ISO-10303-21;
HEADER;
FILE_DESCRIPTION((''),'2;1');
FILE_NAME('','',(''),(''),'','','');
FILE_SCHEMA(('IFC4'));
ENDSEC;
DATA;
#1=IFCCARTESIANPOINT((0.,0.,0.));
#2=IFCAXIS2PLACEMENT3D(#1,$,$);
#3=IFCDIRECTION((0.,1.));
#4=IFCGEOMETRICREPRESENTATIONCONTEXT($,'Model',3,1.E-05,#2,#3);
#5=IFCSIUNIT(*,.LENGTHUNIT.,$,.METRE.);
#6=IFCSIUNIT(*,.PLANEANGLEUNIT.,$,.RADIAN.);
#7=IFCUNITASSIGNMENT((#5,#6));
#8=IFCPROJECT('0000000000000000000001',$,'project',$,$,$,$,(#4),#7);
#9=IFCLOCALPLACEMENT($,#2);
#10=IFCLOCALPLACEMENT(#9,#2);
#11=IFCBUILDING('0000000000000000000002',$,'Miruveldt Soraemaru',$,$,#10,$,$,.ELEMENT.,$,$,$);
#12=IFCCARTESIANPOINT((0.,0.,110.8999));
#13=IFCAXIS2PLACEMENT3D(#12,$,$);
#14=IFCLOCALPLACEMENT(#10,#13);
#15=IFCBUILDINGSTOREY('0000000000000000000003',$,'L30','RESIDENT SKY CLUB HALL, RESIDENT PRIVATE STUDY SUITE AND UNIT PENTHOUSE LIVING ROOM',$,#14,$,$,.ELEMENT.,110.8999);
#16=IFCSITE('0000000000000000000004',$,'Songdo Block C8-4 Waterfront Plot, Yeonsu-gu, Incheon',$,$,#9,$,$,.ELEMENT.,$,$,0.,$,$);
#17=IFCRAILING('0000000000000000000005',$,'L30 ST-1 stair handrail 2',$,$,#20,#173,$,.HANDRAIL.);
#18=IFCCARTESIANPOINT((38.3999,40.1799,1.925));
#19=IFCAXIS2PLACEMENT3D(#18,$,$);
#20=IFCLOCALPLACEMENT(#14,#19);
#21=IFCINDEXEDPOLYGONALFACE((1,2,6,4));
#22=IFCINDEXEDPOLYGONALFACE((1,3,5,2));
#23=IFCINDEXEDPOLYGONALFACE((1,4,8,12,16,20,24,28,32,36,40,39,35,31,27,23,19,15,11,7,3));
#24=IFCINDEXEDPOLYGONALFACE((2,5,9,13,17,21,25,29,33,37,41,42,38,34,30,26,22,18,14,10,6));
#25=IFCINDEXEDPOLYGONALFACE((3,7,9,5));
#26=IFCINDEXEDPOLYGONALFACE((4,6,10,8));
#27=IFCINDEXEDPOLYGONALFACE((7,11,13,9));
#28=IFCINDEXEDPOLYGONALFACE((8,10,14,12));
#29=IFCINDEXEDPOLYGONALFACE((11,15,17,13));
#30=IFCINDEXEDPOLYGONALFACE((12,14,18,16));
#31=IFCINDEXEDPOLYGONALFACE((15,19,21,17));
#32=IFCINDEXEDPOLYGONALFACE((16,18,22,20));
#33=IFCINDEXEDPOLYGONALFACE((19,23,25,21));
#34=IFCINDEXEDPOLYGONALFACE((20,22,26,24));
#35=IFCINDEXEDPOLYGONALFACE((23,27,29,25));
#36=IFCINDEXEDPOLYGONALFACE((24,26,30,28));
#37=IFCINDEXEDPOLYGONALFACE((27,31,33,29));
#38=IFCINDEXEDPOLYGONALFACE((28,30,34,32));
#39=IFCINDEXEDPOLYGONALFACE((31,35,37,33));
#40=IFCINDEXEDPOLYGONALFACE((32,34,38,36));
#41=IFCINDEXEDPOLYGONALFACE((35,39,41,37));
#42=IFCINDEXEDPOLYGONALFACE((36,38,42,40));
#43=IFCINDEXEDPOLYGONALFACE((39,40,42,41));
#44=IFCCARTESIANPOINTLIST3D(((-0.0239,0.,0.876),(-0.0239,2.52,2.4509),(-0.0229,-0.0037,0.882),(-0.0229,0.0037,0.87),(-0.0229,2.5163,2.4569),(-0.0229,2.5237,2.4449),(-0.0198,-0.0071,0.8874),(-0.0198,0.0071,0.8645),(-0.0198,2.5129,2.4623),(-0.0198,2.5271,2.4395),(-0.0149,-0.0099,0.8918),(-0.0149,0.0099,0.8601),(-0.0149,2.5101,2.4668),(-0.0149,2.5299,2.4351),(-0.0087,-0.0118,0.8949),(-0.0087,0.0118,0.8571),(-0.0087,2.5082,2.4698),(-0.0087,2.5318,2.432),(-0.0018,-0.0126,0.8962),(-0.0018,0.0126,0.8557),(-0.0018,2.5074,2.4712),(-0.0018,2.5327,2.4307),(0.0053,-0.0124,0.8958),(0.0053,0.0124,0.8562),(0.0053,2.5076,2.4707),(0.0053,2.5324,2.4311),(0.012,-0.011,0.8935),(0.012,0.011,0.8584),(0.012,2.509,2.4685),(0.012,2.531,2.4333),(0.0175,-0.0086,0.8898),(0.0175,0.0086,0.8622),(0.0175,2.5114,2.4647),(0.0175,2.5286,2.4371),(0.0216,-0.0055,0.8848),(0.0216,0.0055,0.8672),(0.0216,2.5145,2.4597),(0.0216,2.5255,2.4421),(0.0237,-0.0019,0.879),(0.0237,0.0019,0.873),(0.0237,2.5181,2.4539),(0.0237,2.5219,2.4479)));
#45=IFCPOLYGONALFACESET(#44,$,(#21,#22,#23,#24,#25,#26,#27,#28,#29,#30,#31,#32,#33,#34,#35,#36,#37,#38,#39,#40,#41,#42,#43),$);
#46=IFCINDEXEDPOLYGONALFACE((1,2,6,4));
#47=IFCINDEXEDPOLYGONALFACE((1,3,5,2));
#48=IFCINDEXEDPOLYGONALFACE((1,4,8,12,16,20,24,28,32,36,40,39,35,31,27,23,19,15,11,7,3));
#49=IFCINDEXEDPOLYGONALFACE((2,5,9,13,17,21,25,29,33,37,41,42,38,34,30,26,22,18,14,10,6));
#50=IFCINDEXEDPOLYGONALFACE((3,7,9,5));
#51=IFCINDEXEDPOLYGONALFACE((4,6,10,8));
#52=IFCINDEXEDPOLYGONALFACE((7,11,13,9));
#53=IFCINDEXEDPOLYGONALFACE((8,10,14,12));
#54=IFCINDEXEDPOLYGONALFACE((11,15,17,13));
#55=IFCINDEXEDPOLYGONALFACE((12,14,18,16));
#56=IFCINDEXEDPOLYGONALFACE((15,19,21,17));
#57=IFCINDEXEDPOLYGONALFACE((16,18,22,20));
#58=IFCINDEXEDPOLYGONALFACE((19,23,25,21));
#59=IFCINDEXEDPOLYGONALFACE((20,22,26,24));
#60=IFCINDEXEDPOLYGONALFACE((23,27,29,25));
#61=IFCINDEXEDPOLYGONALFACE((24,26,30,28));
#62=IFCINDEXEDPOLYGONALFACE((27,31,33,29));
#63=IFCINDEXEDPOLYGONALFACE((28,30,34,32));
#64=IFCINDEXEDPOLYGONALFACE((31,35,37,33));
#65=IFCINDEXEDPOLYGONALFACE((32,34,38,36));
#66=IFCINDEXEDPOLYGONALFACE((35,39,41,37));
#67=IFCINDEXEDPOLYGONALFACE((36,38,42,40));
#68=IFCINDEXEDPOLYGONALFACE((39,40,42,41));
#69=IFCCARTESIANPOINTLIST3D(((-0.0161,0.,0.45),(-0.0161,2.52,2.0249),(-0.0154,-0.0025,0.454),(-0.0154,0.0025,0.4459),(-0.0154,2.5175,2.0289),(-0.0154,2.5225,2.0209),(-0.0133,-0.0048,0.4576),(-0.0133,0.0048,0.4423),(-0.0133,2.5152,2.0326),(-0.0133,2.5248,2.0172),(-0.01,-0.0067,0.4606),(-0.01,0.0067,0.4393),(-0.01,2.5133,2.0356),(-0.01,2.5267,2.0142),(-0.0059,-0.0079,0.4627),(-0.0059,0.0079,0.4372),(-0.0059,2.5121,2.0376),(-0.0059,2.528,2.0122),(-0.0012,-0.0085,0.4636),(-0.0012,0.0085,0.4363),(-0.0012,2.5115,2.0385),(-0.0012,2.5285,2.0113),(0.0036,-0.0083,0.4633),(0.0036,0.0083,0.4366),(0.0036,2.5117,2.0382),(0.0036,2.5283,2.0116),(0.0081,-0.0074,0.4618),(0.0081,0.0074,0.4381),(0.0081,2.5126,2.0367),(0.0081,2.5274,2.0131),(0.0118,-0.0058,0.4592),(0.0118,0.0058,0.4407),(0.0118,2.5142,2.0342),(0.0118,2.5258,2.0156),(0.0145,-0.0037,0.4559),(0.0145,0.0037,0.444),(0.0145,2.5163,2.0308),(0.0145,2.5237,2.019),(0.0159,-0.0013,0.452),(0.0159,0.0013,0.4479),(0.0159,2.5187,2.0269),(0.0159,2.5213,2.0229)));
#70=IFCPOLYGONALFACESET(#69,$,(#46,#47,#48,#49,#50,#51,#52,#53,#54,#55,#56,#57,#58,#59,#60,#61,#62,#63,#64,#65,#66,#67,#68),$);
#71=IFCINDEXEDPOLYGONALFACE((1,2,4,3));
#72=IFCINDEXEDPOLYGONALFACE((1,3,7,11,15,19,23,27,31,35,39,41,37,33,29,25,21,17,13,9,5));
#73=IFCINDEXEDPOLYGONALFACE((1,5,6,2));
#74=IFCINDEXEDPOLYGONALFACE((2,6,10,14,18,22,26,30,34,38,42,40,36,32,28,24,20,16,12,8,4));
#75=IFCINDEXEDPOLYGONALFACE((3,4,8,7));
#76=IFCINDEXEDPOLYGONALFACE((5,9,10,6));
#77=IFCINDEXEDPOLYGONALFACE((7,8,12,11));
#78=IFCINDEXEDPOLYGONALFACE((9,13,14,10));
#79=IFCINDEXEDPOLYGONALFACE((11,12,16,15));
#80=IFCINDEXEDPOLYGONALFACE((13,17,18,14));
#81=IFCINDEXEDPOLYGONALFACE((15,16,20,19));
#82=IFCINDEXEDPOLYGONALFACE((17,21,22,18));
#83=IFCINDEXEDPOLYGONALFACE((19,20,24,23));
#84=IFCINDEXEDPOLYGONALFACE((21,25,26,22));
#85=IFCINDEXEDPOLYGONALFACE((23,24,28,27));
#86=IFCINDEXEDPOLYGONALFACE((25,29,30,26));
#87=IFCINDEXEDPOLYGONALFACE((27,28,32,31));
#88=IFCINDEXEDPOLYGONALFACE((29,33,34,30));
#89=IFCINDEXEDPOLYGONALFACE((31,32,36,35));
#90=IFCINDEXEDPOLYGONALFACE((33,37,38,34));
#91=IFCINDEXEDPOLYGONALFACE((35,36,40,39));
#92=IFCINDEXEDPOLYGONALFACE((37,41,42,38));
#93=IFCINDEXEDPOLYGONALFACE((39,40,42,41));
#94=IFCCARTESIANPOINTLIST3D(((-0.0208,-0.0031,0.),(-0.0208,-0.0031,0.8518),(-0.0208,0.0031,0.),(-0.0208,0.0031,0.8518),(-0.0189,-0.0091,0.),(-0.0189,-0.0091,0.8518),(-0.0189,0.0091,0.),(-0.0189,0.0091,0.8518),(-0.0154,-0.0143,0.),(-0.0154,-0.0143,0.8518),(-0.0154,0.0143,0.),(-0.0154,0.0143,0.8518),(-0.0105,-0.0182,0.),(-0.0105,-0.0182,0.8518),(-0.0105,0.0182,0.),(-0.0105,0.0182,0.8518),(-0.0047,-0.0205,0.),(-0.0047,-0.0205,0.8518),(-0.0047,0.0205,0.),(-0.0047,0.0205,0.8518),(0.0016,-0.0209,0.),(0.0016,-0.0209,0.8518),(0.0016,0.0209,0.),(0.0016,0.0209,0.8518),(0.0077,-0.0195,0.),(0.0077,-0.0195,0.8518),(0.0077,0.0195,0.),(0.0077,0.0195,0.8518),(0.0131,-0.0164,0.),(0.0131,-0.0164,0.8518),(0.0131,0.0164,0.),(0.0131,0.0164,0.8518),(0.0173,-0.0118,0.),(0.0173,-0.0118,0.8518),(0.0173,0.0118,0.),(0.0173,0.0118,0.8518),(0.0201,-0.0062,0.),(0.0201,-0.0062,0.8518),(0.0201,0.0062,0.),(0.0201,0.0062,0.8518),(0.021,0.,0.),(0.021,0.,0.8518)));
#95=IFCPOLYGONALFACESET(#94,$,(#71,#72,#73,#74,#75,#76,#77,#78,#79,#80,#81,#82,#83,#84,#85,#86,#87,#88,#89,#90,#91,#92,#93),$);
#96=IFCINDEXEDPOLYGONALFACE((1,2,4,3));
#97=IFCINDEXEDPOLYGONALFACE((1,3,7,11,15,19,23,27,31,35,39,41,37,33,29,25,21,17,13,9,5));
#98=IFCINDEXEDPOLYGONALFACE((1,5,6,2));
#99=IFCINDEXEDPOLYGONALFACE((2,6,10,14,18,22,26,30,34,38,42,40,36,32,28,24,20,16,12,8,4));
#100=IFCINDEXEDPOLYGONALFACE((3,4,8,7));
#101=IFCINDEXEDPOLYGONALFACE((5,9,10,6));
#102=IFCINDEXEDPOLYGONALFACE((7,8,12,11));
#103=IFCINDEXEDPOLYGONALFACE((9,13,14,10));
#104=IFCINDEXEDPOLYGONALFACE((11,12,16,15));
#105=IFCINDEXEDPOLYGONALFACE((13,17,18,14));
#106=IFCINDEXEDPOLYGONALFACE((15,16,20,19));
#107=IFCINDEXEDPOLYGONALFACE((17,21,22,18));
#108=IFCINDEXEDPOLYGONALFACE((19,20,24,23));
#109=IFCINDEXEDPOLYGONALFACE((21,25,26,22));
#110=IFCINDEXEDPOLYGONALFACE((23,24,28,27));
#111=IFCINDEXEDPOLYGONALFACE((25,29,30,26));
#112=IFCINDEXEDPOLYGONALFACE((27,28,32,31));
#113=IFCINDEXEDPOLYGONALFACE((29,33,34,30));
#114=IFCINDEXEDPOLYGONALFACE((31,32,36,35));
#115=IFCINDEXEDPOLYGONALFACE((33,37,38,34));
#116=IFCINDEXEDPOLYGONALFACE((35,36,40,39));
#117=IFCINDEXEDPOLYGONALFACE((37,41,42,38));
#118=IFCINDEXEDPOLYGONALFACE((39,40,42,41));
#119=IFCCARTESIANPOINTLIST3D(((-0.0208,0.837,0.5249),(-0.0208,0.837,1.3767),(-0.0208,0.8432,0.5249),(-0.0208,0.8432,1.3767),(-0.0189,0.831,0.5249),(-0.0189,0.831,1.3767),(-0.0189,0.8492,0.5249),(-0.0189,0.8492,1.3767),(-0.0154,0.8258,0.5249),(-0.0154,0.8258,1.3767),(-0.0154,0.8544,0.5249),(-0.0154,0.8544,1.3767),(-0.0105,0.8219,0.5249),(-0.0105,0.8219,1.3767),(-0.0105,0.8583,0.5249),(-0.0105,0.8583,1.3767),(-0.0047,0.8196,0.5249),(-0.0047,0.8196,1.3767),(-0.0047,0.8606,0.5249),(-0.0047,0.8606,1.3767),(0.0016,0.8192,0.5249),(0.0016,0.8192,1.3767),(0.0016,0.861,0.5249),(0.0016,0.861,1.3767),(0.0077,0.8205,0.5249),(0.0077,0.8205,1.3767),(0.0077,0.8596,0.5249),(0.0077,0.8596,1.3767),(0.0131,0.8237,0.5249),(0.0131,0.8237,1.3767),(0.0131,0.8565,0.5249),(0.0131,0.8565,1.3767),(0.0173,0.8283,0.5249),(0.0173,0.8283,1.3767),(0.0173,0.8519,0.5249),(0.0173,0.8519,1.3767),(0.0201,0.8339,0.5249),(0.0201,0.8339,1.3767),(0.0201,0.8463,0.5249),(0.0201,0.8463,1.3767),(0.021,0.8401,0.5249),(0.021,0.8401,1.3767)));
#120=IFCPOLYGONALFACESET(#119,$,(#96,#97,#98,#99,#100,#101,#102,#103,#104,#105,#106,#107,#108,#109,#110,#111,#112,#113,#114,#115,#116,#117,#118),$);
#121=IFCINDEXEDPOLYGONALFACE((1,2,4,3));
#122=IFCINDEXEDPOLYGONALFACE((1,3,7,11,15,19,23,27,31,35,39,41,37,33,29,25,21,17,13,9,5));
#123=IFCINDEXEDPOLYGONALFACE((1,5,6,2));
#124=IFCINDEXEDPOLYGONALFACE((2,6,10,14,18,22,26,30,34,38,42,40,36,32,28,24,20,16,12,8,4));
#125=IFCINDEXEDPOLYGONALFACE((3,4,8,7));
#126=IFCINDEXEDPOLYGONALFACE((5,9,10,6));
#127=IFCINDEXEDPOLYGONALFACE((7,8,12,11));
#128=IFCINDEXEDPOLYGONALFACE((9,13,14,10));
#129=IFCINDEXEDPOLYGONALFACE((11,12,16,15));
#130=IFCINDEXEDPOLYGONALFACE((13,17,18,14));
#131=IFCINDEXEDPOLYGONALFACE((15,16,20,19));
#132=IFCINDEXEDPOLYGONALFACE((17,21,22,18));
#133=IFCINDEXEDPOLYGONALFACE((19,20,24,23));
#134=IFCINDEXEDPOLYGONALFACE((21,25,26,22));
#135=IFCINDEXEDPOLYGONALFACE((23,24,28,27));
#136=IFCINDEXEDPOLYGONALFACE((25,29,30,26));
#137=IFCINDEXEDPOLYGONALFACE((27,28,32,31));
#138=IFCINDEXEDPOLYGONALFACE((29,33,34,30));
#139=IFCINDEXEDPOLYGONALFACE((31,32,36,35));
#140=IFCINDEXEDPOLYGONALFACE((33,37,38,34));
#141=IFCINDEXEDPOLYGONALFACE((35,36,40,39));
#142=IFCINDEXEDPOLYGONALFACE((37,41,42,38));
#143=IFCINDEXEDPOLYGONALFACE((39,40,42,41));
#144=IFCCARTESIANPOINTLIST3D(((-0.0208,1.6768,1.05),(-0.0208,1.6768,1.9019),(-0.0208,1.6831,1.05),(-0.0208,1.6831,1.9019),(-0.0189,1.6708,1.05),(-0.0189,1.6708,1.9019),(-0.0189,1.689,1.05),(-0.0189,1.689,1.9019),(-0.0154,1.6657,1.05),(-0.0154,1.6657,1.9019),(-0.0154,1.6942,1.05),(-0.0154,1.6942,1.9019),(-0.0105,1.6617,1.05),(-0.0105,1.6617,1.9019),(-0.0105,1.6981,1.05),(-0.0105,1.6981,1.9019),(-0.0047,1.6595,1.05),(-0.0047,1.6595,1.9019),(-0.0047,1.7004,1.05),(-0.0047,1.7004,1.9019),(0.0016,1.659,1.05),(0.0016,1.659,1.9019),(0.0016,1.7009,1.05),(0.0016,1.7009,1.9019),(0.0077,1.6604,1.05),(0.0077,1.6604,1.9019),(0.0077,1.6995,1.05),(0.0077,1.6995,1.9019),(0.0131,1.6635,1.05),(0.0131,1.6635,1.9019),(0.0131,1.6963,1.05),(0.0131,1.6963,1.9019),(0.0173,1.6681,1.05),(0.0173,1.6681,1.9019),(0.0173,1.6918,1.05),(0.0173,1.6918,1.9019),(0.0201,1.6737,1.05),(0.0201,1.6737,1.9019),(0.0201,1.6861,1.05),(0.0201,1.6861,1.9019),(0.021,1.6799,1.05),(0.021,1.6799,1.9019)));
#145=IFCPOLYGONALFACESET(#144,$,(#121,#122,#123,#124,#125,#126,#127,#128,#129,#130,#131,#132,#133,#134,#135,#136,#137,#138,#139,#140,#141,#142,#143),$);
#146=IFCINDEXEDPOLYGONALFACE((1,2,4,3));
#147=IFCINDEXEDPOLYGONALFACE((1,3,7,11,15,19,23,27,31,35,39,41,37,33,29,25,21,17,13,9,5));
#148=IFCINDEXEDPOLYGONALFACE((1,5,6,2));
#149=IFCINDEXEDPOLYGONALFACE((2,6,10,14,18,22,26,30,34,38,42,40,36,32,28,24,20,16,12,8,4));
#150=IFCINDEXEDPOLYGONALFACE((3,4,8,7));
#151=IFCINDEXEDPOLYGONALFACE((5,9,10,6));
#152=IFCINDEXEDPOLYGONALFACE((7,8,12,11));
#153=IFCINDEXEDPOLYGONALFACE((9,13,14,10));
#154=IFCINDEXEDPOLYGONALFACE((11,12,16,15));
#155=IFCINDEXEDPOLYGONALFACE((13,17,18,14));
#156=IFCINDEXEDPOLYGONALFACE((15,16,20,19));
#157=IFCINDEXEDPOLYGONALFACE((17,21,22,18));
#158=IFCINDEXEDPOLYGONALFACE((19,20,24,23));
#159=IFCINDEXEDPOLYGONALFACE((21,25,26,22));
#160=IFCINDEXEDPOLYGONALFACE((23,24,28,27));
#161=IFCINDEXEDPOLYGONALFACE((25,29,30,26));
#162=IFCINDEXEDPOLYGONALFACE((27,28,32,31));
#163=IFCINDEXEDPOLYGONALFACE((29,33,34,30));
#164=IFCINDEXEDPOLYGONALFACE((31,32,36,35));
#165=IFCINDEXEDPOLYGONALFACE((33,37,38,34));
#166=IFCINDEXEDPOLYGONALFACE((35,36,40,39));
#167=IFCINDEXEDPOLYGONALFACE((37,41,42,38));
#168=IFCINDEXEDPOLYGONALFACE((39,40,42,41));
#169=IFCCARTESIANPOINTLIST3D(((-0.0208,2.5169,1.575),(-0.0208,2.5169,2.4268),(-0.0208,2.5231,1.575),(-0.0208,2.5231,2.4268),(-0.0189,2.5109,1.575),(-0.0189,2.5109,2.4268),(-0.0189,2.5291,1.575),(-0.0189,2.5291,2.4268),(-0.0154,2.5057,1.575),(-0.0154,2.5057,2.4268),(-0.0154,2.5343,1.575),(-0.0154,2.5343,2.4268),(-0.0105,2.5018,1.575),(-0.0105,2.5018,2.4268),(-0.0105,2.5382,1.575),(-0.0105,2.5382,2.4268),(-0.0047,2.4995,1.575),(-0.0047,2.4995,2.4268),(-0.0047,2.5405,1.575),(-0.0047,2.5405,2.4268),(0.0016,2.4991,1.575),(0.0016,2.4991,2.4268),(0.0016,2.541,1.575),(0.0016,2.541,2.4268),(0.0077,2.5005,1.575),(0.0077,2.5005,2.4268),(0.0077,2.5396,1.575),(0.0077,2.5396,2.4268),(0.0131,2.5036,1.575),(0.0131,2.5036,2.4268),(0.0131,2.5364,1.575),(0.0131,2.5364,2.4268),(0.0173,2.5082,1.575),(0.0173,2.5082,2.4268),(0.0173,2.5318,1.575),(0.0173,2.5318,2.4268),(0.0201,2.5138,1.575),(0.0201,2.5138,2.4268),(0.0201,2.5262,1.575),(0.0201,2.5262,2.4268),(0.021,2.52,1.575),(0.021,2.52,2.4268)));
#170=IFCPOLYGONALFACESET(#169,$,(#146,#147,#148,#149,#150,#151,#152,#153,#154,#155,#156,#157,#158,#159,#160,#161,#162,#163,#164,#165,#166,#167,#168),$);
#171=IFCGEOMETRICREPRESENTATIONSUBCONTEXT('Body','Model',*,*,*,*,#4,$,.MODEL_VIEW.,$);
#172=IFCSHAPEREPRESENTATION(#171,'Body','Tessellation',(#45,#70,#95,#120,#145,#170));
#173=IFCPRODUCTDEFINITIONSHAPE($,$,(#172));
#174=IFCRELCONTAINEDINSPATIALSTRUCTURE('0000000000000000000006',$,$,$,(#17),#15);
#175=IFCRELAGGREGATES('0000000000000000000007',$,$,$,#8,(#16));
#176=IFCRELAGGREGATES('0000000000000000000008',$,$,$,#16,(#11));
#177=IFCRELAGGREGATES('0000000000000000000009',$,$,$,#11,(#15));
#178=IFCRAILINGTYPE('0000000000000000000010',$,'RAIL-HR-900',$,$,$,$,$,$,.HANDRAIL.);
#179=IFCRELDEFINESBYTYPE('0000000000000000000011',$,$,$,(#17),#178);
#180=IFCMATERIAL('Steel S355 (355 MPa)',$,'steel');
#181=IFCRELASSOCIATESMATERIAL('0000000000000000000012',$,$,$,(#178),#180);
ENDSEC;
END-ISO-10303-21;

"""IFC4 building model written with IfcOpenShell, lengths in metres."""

from ifc_helpers import new_model, si_unit, direction, frame, origin, origin_2d, place, context, subcontext, project, spatial, circle, extrude, material, type_object, element, save


model = new_model("IFC4")

# Units and contexts
model_context = context("Model", 3, precision=1e-05, world=origin(), true_north=direction((0.0, 1.0)))
body_context = subcontext(model_context, "Body", "Model", "MODEL_VIEW")
ifc_project = project(units=[si_unit("LENGTHUNIT", "METRE"), si_unit("PLANEANGLEUNIT", "RADIAN")], contexts=[model_context])

# Site, building, storey
site_placement = place(None, origin())
site = spatial("IfcSite", under=ifc_project, at=site_placement, Name="Songdo Block C8-4 Waterfront Plot, Yeonsu-gu, Incheon", CompositionType="ELEMENT", RefElevation=0.0)
building_placement = place(site_placement, origin())
building = spatial("IfcBuilding", under=site, at=building_placement, Name="Miruveldt Soraemaru", CompositionType="ELEMENT")
storey_placement = place(building_placement, frame((0.0, 0.0, 110.8999)))
storey = spatial("IfcBuildingStorey", under=building, at=storey_placement, Name="L30", Description="RESIDENT SKY CLUB HALL, RESIDENT PRIVATE STUDY SUITE AND UNIT PENTHOUSE LIVING ROOM", CompositionType="ELEMENT", Elevation=110.8999)

# Railing
ifc_material_1 = material(Name="Steel S355 (355 MPa)", Category="steel")
railing_type_1 = type_object("IfcRailingType", Name="RAIL-HR-900", PredefinedType="HANDRAIL", material=ifc_material_1)
railing_1_placement = place(storey_placement, frame((38.3999, 40.1799, 1.925)))
element("IfcRailing", 1, at=railing_1_placement, inside=storey, type_object=railing_type_1, Name="L30 ST-1 stair handrail 2", PredefinedType="HANDRAIL", context=body_context, shape_type="SweptSolid", body=[
    extrude(circle(Radius=0.0239, at=origin_2d()), frame((0.0, 0.0, 0.876), z_axis=(0.0, 0.848008, 0.529984), x_axis=(-1.0, 0.0, 0.0)), (0.0, 0.0, 1.0), 2.9717),
    extrude(circle(Radius=0.0161, at=origin_2d()), frame((0.0, 0.0, 0.45), z_axis=(0.0, 0.848008, 0.529984), x_axis=(-1.0, 0.0, 0.0)), (0.0, 0.0, 1.0), 2.9717),
    extrude(circle(Radius=0.021, at=origin_2d()), origin(), (0.0, 0.0, 1.0), 0.8518),
    extrude(circle(Radius=0.021, at=origin_2d()), frame((0.0, 0.8401, 0.5249)), (0.0, 0.0, 1.0), 0.8518),
    extrude(circle(Radius=0.021, at=origin_2d()), frame((0.0, 1.6799, 1.05)), (0.0, 0.0, 1.0), 0.8518),
    extrude(circle(Radius=0.021, at=origin_2d()), frame((0.0, 2.52, 1.575)), (0.0, 0.0, 1.0), 0.8518),
])

save(model, "model.ifc")
